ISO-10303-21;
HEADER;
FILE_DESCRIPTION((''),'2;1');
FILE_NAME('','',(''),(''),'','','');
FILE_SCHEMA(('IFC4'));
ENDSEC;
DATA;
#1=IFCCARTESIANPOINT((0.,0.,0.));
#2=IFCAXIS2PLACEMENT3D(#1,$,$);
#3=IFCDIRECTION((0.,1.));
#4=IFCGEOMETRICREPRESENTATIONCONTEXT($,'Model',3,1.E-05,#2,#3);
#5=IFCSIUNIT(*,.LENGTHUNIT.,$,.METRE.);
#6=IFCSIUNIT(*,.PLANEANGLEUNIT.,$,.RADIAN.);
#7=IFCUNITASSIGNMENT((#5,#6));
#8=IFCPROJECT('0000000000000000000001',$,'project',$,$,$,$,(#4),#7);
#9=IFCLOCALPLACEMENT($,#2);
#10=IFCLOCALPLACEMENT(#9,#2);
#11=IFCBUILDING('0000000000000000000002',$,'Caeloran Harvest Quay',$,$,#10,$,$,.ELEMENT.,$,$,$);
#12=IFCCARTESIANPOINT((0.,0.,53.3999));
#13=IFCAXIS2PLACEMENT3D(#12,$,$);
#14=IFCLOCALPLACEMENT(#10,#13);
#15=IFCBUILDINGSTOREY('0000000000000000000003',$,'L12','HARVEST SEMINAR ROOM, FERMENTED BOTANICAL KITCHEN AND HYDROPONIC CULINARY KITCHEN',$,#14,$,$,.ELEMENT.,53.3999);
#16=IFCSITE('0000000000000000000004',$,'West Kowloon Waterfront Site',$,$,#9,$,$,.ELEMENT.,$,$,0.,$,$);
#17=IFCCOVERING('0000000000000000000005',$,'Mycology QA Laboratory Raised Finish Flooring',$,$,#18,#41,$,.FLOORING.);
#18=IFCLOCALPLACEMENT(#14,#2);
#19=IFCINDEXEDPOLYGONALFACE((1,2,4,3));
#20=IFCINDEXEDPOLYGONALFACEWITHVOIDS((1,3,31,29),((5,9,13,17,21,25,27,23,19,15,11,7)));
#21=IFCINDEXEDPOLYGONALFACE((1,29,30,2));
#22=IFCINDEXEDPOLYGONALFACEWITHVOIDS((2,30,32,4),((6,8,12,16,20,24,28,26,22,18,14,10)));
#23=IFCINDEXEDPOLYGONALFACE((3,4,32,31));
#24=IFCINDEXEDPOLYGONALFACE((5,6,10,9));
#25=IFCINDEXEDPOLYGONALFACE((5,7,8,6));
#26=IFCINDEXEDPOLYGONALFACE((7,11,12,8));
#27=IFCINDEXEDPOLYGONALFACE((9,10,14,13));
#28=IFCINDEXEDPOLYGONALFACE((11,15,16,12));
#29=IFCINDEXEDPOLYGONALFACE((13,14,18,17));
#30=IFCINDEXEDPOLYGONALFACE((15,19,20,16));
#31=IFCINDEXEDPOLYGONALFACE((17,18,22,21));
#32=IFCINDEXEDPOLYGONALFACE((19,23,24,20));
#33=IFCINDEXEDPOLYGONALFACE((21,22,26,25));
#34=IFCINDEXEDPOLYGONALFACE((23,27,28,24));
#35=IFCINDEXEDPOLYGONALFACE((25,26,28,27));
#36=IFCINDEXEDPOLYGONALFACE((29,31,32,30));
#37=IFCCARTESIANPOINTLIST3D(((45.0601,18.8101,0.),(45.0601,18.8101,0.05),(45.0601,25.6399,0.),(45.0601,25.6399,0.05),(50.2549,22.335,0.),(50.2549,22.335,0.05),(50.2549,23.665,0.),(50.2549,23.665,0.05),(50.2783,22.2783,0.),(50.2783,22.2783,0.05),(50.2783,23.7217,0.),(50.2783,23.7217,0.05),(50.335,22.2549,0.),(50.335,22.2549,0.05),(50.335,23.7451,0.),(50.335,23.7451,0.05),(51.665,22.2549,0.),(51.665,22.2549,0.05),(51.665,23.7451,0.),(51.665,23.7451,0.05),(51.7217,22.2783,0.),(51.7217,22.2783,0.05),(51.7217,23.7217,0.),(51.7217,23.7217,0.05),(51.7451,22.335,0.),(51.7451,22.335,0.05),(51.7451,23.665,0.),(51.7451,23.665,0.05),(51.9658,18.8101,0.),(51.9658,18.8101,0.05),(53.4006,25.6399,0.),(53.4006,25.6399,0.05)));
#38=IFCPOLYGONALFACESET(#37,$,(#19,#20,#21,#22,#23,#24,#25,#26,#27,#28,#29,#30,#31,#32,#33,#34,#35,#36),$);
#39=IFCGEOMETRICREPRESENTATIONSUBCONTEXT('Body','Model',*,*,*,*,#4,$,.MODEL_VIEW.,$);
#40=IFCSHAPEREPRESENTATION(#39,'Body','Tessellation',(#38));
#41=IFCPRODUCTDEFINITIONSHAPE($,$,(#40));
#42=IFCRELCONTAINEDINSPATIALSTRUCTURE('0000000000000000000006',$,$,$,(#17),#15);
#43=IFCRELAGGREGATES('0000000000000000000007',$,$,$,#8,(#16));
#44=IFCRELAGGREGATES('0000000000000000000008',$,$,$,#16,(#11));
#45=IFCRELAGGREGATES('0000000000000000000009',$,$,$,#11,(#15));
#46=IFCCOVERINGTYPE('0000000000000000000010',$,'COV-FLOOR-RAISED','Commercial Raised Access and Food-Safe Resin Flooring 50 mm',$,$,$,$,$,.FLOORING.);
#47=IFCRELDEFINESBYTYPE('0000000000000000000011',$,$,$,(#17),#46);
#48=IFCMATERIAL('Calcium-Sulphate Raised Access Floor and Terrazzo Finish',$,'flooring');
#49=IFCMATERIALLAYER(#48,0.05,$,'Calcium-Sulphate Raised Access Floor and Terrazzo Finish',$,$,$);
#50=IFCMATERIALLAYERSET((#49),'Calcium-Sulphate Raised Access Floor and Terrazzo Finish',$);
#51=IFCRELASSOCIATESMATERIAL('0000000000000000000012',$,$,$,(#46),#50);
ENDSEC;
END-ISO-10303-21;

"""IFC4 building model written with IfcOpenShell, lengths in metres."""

from ifc_helpers import new_model, si_unit, direction, frame, origin, place, context, subcontext, project, spatial, polyline, outline, extrude, material, layer, layer_set, type_object, element, save


model = new_model("IFC4")

# Units and contexts
model_context = context("Model", 3, precision=1e-05, world=origin(), true_north=direction((0.0, 1.0)))
body_context = subcontext(model_context, "Body", "Model", "MODEL_VIEW")
ifc_project = project(units=[si_unit("LENGTHUNIT", "METRE"), si_unit("PLANEANGLEUNIT", "RADIAN")], contexts=[model_context])

# Site, building, storey
site_placement = place(None, origin())
site = spatial("IfcSite", under=ifc_project, at=site_placement, Name="West Kowloon Waterfront Site", CompositionType="ELEMENT", RefElevation=0.0)
building_placement = place(site_placement, origin())
building = spatial("IfcBuilding", under=site, at=building_placement, Name="Caeloran Harvest Quay", CompositionType="ELEMENT")
storey_placement = place(building_placement, frame((0.0, 0.0, 53.3999)))
storey = spatial("IfcBuildingStorey", under=building, at=storey_placement, Name="L12", Description="HARVEST SEMINAR ROOM, FERMENTED BOTANICAL KITCHEN AND HYDROPONIC CULINARY KITCHEN", CompositionType="ELEMENT", Elevation=53.3999)

# Covering
ifc_material_1 = material(Name="Calcium-Sulphate Raised Access Floor and Terrazzo Finish", Category="flooring")
ifc_layer_1 = layer(ifc_material_1, 0.05, Name="Calcium-Sulphate Raised Access Floor and Terrazzo Finish")
ifc_layer_set_1 = layer_set([ifc_layer_1], Name="Calcium-Sulphate Raised Access Floor and Terrazzo Finish")
covering_type_1 = type_object("IfcCoveringType", Name="COV-FLOOR-RAISED", Description="Commercial Raised Access and Food-Safe Resin Flooring 50 mm", PredefinedType="FLOORING", material=ifc_layer_set_1)
covering_1_placement = place(storey_placement, origin())
element("IfcCovering", 1, at=covering_1_placement, inside=storey, type_object=covering_type_1, Name="Mycology QA Laboratory Raised Finish Flooring", PredefinedType="FLOORING", context=body_context, shape_type="SweptSolid", body=[
    extrude(outline(polyline([(51.9658, 18.8101), (45.0601, 18.8101), (45.0601, 25.6399), (53.4006, 25.6399), (51.9658, 18.8101)]), holes=[polyline([(51.7451, 23.665), (51.7217, 23.7217), (51.665, 23.7451), (50.335, 23.7451), (50.2783, 23.7217), (50.2549, 23.665), (50.2549, 22.335), (50.2783, 22.2783), (50.335, 22.2549), (51.665, 22.2549), (51.7217, 22.2783), (51.7451, 22.335), (51.7451, 23.665)])]), origin(), (0.0, 0.0, 1.0), 0.05),
])

save(model, "model.ifc")
